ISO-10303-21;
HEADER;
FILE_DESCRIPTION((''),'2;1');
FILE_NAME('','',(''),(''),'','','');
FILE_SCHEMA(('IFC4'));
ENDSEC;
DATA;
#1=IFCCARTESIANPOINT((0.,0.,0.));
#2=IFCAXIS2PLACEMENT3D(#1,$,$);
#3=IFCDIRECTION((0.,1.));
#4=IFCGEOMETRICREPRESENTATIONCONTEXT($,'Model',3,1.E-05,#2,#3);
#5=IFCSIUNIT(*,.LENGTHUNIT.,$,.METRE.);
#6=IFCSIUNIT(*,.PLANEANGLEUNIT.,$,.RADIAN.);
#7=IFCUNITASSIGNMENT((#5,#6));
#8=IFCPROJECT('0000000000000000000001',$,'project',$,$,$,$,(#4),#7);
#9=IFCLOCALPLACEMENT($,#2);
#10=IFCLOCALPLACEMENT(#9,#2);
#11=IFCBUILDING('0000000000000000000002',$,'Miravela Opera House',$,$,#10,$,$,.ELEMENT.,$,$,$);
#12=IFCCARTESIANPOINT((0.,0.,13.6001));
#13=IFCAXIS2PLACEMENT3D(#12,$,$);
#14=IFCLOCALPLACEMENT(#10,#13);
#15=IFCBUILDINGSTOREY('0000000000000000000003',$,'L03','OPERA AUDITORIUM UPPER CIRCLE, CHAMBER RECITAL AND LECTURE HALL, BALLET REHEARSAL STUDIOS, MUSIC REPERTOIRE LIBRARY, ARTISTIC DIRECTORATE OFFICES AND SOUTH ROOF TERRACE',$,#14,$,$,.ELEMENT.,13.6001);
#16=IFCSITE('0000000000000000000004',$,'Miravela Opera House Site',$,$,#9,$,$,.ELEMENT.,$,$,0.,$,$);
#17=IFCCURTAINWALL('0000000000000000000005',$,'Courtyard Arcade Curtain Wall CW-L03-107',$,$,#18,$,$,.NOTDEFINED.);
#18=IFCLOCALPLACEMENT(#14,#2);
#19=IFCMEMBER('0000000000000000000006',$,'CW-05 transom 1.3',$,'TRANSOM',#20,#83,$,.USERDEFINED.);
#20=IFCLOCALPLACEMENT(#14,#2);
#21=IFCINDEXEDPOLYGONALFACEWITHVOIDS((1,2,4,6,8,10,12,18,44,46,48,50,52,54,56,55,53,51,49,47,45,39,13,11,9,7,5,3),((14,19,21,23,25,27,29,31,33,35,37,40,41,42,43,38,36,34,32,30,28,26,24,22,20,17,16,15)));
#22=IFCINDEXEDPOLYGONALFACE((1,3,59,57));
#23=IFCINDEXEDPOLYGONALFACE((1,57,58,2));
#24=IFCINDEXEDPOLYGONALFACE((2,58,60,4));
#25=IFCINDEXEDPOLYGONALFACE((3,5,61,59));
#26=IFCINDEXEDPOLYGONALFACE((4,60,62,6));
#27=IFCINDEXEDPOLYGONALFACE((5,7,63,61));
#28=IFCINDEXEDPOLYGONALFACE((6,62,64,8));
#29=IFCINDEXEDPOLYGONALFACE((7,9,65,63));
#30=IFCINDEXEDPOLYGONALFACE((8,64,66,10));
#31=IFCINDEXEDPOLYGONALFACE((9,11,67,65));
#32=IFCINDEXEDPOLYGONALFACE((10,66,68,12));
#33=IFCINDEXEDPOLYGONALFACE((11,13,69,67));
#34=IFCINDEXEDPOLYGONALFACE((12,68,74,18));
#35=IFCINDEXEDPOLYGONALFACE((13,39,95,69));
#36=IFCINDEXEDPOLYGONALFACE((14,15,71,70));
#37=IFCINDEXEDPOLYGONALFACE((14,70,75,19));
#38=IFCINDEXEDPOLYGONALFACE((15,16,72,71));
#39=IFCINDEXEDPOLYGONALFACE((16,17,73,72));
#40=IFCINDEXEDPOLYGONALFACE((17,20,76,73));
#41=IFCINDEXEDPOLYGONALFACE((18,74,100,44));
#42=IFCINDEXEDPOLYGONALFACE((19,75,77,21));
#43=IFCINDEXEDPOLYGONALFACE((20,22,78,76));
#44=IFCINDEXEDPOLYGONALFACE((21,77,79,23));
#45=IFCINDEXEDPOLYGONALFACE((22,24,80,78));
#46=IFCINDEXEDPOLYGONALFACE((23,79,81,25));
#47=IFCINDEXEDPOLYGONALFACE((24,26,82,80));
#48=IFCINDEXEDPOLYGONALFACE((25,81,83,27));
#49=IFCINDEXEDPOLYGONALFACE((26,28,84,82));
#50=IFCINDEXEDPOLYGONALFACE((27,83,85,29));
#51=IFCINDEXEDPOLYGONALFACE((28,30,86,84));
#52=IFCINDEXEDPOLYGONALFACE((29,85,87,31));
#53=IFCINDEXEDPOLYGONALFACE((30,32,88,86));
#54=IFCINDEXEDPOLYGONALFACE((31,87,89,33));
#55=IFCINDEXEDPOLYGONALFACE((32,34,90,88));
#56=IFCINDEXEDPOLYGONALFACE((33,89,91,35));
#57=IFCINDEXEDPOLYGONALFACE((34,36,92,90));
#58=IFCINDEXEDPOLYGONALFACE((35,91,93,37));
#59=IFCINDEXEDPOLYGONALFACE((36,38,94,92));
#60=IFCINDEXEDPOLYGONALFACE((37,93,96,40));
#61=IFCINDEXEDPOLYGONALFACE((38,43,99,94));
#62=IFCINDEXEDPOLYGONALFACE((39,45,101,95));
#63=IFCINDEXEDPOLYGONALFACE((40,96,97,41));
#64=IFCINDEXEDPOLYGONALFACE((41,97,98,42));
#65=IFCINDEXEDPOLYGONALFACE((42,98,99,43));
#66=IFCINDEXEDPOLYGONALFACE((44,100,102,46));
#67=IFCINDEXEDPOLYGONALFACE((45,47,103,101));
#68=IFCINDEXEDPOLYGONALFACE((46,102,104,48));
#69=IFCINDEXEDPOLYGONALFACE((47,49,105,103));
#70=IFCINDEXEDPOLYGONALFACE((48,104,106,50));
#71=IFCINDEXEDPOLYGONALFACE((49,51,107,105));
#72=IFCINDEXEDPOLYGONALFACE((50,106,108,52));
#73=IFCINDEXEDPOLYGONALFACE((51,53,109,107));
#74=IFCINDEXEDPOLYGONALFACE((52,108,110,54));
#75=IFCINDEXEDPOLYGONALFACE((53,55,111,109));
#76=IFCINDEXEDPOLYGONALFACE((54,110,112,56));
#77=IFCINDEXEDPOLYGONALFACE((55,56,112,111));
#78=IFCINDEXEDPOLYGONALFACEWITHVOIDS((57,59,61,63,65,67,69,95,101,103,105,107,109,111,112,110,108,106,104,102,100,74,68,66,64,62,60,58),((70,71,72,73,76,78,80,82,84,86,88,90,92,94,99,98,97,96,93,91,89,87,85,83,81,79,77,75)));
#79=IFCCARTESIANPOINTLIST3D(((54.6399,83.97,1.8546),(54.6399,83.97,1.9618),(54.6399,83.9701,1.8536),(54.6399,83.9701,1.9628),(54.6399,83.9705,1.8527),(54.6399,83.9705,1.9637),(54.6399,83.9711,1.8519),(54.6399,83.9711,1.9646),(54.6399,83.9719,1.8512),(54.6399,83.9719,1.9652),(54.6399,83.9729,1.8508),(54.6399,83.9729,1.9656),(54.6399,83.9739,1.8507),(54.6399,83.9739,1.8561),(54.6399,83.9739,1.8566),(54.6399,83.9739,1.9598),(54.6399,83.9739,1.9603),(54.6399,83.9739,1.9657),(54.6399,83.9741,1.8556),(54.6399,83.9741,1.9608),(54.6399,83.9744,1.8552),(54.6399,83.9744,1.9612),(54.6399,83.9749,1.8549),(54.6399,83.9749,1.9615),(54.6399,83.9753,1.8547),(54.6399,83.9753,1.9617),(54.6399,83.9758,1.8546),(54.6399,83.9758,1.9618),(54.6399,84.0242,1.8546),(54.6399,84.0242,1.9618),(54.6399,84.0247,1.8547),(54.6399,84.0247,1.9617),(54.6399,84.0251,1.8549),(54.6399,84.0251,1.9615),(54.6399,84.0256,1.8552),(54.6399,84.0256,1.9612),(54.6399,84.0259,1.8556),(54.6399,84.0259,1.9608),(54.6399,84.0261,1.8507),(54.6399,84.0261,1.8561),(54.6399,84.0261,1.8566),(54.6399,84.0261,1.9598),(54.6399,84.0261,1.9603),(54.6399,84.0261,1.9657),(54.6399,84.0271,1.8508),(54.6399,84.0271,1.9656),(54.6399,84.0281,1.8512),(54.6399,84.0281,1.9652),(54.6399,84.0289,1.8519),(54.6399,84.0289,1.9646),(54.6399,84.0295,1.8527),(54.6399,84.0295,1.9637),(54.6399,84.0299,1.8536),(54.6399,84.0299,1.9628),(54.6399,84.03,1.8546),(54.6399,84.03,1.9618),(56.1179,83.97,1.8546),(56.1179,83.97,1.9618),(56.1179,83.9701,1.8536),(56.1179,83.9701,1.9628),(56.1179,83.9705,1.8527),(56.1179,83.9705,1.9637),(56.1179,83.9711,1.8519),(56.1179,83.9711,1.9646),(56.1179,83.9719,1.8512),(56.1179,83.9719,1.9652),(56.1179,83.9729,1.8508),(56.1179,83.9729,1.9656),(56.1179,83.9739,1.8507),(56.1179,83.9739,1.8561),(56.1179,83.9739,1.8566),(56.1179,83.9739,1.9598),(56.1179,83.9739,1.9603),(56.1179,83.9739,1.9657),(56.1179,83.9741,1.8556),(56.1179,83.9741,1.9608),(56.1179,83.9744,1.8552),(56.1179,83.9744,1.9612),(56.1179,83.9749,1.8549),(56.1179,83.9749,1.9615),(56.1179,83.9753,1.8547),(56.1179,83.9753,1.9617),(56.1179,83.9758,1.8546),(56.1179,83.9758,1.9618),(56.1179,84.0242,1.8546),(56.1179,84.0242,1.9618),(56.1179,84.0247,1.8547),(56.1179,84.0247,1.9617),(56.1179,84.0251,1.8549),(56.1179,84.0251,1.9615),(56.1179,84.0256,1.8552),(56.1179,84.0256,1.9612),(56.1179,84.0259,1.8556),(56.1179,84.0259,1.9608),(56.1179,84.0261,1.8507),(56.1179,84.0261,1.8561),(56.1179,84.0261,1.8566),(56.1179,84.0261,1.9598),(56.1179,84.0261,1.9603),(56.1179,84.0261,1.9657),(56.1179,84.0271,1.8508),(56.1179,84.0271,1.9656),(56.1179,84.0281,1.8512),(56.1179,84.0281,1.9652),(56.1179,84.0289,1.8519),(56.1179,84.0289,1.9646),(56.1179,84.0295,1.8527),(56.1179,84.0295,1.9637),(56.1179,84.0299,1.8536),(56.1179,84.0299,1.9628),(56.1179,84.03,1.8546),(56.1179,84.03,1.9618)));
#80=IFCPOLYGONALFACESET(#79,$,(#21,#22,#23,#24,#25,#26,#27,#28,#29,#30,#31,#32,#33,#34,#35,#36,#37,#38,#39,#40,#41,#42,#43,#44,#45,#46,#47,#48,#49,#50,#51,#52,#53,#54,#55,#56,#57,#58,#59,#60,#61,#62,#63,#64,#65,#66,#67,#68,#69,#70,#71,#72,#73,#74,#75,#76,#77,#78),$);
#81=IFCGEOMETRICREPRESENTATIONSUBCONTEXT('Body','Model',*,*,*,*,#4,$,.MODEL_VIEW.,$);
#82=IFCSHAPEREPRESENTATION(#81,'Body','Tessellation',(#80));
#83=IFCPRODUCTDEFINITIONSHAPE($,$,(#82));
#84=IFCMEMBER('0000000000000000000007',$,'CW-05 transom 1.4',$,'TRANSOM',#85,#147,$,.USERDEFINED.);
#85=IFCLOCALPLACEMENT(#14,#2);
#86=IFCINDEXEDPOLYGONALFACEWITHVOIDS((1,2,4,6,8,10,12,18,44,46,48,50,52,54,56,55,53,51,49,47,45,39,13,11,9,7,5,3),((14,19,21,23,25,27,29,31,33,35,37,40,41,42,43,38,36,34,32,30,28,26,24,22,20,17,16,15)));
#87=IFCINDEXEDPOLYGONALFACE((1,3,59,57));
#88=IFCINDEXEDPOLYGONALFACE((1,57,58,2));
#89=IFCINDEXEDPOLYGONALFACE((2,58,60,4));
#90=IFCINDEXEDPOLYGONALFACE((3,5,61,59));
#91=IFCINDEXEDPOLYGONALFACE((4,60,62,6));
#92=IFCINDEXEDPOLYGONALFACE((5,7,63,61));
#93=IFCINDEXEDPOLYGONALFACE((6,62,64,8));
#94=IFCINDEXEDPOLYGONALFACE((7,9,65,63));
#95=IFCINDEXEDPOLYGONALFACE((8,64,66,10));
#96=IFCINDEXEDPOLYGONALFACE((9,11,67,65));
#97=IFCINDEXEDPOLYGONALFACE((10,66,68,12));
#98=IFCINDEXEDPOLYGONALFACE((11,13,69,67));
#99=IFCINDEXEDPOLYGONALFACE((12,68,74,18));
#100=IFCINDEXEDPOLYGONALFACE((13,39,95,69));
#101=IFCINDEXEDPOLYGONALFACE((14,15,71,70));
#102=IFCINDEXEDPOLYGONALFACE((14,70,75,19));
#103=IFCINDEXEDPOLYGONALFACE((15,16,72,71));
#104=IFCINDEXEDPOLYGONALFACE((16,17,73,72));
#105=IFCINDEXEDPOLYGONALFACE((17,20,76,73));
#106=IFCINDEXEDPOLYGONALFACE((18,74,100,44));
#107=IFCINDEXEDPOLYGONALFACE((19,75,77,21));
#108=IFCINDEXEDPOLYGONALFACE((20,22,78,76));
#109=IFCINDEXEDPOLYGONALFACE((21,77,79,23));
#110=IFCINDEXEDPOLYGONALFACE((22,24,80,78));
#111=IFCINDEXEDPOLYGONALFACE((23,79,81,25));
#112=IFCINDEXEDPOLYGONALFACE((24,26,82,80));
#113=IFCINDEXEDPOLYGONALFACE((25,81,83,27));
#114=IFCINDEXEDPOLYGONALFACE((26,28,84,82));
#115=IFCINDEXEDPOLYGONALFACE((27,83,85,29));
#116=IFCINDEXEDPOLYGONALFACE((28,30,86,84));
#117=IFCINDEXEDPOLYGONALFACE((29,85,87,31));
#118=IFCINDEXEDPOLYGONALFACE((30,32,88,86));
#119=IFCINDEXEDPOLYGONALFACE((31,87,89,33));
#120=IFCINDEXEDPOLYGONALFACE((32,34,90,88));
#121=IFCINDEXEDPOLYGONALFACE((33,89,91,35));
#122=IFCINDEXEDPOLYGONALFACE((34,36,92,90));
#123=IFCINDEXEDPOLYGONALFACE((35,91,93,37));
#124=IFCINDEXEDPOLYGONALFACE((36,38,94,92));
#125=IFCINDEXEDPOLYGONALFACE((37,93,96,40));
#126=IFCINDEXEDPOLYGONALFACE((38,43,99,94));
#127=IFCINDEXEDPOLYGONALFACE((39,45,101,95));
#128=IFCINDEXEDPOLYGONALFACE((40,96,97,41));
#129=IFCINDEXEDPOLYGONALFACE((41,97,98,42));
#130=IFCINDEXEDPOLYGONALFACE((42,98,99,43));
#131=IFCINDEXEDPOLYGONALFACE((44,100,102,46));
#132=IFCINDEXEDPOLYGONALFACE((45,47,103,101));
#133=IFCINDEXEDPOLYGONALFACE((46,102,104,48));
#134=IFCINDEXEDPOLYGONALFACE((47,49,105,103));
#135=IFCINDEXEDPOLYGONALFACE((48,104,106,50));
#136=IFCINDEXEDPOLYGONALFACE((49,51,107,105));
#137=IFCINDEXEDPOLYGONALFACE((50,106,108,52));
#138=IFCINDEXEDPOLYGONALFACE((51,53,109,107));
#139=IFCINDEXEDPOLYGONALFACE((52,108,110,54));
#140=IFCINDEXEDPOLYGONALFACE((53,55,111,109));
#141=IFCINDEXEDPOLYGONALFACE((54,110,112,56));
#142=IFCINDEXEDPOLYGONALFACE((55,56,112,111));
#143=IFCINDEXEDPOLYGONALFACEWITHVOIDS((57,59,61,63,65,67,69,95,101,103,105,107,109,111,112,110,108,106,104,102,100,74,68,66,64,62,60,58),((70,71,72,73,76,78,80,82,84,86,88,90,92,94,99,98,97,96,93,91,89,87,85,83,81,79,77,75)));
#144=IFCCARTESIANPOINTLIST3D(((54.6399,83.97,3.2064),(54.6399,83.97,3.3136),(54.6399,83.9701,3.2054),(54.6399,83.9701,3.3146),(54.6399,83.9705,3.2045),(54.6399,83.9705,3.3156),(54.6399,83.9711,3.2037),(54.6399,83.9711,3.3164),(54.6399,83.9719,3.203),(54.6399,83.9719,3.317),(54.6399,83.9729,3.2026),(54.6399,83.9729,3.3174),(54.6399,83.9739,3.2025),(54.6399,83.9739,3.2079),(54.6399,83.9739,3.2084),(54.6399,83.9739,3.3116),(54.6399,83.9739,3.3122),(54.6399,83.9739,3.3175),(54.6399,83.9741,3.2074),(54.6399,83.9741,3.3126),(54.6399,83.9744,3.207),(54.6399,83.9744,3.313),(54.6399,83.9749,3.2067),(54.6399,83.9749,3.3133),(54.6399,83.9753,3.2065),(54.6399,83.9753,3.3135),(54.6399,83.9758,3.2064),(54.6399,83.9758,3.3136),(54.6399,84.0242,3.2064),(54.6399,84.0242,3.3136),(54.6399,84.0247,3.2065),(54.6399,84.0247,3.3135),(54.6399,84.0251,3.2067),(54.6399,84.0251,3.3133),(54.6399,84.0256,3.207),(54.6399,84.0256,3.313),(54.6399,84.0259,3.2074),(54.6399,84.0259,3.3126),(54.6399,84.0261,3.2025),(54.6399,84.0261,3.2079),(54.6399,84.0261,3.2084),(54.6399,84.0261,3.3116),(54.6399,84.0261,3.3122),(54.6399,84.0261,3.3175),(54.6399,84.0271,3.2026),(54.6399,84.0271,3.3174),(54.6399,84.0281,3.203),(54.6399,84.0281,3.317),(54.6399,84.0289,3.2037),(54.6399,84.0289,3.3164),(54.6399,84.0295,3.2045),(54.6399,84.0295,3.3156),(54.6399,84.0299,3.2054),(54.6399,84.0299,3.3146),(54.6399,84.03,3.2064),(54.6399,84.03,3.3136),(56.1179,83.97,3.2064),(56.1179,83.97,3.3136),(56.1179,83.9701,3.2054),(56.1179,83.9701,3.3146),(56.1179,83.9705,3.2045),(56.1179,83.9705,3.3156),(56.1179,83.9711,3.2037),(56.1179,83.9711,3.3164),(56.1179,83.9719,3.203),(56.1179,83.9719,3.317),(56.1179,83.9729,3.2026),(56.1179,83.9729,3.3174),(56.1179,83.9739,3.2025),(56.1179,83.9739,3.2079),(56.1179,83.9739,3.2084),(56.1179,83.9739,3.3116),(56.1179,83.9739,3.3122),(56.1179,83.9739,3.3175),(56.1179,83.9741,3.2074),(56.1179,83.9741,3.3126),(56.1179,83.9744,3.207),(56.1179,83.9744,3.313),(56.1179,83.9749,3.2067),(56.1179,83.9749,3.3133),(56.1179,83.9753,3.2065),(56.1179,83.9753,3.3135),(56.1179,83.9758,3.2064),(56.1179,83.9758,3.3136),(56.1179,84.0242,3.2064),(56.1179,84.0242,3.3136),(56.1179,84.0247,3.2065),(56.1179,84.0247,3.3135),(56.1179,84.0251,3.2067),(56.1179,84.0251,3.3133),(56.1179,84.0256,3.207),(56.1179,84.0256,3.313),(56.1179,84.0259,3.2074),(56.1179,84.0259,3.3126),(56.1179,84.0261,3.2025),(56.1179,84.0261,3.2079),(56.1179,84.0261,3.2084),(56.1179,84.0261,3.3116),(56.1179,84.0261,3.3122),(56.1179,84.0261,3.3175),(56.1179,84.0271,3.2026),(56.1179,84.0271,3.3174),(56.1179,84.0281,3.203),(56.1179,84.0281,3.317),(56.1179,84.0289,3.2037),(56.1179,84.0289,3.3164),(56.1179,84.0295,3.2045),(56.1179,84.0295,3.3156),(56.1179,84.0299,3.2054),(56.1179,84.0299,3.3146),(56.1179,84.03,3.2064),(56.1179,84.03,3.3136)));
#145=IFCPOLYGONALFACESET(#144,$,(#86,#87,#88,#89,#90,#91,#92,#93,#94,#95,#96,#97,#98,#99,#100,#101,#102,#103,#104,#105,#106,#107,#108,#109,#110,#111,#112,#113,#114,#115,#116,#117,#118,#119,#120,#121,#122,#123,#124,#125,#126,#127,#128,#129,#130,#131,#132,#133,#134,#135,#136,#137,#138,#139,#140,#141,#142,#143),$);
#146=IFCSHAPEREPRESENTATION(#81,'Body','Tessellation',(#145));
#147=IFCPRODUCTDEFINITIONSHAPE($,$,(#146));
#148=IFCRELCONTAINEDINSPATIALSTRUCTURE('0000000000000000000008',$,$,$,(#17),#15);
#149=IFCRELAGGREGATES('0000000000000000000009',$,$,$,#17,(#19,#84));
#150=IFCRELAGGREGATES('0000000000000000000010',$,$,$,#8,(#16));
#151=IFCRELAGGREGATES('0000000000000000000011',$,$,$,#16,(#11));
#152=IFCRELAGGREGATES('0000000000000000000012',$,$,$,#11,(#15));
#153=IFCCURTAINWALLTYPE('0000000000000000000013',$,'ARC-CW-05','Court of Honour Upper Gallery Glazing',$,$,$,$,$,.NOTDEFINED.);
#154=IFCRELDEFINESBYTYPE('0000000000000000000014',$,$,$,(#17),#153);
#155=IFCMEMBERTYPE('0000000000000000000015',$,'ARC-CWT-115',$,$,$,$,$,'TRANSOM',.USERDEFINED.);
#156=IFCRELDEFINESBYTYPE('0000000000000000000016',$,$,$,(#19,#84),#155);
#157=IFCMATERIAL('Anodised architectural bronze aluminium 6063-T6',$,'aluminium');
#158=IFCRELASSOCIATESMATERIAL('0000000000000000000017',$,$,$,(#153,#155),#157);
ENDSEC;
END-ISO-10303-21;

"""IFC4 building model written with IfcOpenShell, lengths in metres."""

from ifc_helpers import new_model, si_unit, direction, frame, origin, origin_2d, place, context, subcontext, project, spatial, hollow_rectangle, extrude, material, material_profile, profile_set, type_object, element, aggregate, save


model = new_model("IFC4")

# Units and contexts
model_context = context("Model", 3, precision=1e-05, world=origin(), true_north=direction((0.0, 1.0)))
body_context = subcontext(model_context, "Body", "Model", "MODEL_VIEW")
ifc_project = project(units=[si_unit("LENGTHUNIT", "METRE"), si_unit("PLANEANGLEUNIT", "RADIAN")], contexts=[model_context])

# Site, building, storey
site_placement = place(None, origin())
site = spatial("IfcSite", under=ifc_project, at=site_placement, Name="Miravela Opera House Site", CompositionType="ELEMENT", RefElevation=0.0)
building_placement = place(site_placement, origin())
building = spatial("IfcBuilding", under=site, at=building_placement, Name="Miravela Opera House", CompositionType="ELEMENT")
storey_placement = place(building_placement, frame((0.0, 0.0, 13.6001)))
storey = spatial("IfcBuildingStorey", under=building, at=storey_placement, Name="L03", Description="OPERA AUDITORIUM UPPER CIRCLE, CHAMBER RECITAL AND LECTURE HALL, BALLET REHEARSAL STUDIOS, MUSIC REPERTOIRE LIBRARY, ARTISTIC DIRECTORATE OFFICES AND SOUTH ROOF TERRACE", CompositionType="ELEMENT", Elevation=13.6001)

# Curtain wall
ifc_material_1 = material(Name="Anodised architectural bronze aluminium 6063-T6", Category="aluminium")
curtain_wall_type = type_object("IfcCurtainWallType", Name="ARC-CW-05", Description="Court of Honour Upper Gallery Glazing", PredefinedType="NOTDEFINED", material=ifc_material_1)
curtain_wall_1_placement = place(storey_placement, origin())
curtain_wall_1 = element("IfcCurtainWall", 1, at=curtain_wall_1_placement, inside=storey, type_object=curtain_wall_type, Name="Courtyard Arcade Curtain Wall CW-L03-107", PredefinedType="NOTDEFINED")

# Members
ifc_material_profile_1 = material_profile(ifc_material_1, hollow_rectangle(XDim=0.0601, YDim=0.115, WallThickness=0.0039, InnerFilletRadius=0.002, OuterFilletRadius=0.0039, at=origin_2d()), Name="CWT-60X115")
ifc_profile_set_1 = profile_set([ifc_material_profile_1])
member_type_1 = type_object("IfcMemberType", Name="ARC-CWT-115", ElementType="TRANSOM", PredefinedType="USERDEFINED", material=ifc_profile_set_1)
member_1_placement = place(storey_placement, frame((54.6399, 84.0, 1.9082), z_axis=(1.0, 0.0, 0.0), x_axis=(0.0, 1.0, 0.0)))
member_1 = element("IfcMember", 2, at=member_1_placement, type_object=member_type_1, Name="CW-05 transom 1.3", ObjectType="TRANSOM", PredefinedType="USERDEFINED", context=body_context, shape_type="SweptSolid", body=[
    extrude(hollow_rectangle(XDim=0.0601, YDim=0.115, WallThickness=0.0039, InnerFilletRadius=0.002, OuterFilletRadius=0.0039, at=origin_2d()), origin(), (0.0, 0.0, 1.0), 1.478),
])
member_2_placement = place(storey_placement, frame((54.6399, 84.0, 3.26), z_axis=(1.0, 0.0, 0.0), x_axis=(0.0, 1.0, 0.0)))
member_2 = element("IfcMember", 3, at=member_2_placement, type_object=member_type_1, Name="CW-05 transom 1.4", ObjectType="TRANSOM", PredefinedType="USERDEFINED", context=body_context, shape_type="SweptSolid", body=[
    extrude(hollow_rectangle(XDim=0.0601, YDim=0.115, WallThickness=0.0039, InnerFilletRadius=0.002, OuterFilletRadius=0.0039, at=origin_2d()), origin(), (0.0, 0.0, 1.0), 1.478),
])

aggregate(curtain_wall_1, [member_1, member_2])

save(model, "model.ifc")
